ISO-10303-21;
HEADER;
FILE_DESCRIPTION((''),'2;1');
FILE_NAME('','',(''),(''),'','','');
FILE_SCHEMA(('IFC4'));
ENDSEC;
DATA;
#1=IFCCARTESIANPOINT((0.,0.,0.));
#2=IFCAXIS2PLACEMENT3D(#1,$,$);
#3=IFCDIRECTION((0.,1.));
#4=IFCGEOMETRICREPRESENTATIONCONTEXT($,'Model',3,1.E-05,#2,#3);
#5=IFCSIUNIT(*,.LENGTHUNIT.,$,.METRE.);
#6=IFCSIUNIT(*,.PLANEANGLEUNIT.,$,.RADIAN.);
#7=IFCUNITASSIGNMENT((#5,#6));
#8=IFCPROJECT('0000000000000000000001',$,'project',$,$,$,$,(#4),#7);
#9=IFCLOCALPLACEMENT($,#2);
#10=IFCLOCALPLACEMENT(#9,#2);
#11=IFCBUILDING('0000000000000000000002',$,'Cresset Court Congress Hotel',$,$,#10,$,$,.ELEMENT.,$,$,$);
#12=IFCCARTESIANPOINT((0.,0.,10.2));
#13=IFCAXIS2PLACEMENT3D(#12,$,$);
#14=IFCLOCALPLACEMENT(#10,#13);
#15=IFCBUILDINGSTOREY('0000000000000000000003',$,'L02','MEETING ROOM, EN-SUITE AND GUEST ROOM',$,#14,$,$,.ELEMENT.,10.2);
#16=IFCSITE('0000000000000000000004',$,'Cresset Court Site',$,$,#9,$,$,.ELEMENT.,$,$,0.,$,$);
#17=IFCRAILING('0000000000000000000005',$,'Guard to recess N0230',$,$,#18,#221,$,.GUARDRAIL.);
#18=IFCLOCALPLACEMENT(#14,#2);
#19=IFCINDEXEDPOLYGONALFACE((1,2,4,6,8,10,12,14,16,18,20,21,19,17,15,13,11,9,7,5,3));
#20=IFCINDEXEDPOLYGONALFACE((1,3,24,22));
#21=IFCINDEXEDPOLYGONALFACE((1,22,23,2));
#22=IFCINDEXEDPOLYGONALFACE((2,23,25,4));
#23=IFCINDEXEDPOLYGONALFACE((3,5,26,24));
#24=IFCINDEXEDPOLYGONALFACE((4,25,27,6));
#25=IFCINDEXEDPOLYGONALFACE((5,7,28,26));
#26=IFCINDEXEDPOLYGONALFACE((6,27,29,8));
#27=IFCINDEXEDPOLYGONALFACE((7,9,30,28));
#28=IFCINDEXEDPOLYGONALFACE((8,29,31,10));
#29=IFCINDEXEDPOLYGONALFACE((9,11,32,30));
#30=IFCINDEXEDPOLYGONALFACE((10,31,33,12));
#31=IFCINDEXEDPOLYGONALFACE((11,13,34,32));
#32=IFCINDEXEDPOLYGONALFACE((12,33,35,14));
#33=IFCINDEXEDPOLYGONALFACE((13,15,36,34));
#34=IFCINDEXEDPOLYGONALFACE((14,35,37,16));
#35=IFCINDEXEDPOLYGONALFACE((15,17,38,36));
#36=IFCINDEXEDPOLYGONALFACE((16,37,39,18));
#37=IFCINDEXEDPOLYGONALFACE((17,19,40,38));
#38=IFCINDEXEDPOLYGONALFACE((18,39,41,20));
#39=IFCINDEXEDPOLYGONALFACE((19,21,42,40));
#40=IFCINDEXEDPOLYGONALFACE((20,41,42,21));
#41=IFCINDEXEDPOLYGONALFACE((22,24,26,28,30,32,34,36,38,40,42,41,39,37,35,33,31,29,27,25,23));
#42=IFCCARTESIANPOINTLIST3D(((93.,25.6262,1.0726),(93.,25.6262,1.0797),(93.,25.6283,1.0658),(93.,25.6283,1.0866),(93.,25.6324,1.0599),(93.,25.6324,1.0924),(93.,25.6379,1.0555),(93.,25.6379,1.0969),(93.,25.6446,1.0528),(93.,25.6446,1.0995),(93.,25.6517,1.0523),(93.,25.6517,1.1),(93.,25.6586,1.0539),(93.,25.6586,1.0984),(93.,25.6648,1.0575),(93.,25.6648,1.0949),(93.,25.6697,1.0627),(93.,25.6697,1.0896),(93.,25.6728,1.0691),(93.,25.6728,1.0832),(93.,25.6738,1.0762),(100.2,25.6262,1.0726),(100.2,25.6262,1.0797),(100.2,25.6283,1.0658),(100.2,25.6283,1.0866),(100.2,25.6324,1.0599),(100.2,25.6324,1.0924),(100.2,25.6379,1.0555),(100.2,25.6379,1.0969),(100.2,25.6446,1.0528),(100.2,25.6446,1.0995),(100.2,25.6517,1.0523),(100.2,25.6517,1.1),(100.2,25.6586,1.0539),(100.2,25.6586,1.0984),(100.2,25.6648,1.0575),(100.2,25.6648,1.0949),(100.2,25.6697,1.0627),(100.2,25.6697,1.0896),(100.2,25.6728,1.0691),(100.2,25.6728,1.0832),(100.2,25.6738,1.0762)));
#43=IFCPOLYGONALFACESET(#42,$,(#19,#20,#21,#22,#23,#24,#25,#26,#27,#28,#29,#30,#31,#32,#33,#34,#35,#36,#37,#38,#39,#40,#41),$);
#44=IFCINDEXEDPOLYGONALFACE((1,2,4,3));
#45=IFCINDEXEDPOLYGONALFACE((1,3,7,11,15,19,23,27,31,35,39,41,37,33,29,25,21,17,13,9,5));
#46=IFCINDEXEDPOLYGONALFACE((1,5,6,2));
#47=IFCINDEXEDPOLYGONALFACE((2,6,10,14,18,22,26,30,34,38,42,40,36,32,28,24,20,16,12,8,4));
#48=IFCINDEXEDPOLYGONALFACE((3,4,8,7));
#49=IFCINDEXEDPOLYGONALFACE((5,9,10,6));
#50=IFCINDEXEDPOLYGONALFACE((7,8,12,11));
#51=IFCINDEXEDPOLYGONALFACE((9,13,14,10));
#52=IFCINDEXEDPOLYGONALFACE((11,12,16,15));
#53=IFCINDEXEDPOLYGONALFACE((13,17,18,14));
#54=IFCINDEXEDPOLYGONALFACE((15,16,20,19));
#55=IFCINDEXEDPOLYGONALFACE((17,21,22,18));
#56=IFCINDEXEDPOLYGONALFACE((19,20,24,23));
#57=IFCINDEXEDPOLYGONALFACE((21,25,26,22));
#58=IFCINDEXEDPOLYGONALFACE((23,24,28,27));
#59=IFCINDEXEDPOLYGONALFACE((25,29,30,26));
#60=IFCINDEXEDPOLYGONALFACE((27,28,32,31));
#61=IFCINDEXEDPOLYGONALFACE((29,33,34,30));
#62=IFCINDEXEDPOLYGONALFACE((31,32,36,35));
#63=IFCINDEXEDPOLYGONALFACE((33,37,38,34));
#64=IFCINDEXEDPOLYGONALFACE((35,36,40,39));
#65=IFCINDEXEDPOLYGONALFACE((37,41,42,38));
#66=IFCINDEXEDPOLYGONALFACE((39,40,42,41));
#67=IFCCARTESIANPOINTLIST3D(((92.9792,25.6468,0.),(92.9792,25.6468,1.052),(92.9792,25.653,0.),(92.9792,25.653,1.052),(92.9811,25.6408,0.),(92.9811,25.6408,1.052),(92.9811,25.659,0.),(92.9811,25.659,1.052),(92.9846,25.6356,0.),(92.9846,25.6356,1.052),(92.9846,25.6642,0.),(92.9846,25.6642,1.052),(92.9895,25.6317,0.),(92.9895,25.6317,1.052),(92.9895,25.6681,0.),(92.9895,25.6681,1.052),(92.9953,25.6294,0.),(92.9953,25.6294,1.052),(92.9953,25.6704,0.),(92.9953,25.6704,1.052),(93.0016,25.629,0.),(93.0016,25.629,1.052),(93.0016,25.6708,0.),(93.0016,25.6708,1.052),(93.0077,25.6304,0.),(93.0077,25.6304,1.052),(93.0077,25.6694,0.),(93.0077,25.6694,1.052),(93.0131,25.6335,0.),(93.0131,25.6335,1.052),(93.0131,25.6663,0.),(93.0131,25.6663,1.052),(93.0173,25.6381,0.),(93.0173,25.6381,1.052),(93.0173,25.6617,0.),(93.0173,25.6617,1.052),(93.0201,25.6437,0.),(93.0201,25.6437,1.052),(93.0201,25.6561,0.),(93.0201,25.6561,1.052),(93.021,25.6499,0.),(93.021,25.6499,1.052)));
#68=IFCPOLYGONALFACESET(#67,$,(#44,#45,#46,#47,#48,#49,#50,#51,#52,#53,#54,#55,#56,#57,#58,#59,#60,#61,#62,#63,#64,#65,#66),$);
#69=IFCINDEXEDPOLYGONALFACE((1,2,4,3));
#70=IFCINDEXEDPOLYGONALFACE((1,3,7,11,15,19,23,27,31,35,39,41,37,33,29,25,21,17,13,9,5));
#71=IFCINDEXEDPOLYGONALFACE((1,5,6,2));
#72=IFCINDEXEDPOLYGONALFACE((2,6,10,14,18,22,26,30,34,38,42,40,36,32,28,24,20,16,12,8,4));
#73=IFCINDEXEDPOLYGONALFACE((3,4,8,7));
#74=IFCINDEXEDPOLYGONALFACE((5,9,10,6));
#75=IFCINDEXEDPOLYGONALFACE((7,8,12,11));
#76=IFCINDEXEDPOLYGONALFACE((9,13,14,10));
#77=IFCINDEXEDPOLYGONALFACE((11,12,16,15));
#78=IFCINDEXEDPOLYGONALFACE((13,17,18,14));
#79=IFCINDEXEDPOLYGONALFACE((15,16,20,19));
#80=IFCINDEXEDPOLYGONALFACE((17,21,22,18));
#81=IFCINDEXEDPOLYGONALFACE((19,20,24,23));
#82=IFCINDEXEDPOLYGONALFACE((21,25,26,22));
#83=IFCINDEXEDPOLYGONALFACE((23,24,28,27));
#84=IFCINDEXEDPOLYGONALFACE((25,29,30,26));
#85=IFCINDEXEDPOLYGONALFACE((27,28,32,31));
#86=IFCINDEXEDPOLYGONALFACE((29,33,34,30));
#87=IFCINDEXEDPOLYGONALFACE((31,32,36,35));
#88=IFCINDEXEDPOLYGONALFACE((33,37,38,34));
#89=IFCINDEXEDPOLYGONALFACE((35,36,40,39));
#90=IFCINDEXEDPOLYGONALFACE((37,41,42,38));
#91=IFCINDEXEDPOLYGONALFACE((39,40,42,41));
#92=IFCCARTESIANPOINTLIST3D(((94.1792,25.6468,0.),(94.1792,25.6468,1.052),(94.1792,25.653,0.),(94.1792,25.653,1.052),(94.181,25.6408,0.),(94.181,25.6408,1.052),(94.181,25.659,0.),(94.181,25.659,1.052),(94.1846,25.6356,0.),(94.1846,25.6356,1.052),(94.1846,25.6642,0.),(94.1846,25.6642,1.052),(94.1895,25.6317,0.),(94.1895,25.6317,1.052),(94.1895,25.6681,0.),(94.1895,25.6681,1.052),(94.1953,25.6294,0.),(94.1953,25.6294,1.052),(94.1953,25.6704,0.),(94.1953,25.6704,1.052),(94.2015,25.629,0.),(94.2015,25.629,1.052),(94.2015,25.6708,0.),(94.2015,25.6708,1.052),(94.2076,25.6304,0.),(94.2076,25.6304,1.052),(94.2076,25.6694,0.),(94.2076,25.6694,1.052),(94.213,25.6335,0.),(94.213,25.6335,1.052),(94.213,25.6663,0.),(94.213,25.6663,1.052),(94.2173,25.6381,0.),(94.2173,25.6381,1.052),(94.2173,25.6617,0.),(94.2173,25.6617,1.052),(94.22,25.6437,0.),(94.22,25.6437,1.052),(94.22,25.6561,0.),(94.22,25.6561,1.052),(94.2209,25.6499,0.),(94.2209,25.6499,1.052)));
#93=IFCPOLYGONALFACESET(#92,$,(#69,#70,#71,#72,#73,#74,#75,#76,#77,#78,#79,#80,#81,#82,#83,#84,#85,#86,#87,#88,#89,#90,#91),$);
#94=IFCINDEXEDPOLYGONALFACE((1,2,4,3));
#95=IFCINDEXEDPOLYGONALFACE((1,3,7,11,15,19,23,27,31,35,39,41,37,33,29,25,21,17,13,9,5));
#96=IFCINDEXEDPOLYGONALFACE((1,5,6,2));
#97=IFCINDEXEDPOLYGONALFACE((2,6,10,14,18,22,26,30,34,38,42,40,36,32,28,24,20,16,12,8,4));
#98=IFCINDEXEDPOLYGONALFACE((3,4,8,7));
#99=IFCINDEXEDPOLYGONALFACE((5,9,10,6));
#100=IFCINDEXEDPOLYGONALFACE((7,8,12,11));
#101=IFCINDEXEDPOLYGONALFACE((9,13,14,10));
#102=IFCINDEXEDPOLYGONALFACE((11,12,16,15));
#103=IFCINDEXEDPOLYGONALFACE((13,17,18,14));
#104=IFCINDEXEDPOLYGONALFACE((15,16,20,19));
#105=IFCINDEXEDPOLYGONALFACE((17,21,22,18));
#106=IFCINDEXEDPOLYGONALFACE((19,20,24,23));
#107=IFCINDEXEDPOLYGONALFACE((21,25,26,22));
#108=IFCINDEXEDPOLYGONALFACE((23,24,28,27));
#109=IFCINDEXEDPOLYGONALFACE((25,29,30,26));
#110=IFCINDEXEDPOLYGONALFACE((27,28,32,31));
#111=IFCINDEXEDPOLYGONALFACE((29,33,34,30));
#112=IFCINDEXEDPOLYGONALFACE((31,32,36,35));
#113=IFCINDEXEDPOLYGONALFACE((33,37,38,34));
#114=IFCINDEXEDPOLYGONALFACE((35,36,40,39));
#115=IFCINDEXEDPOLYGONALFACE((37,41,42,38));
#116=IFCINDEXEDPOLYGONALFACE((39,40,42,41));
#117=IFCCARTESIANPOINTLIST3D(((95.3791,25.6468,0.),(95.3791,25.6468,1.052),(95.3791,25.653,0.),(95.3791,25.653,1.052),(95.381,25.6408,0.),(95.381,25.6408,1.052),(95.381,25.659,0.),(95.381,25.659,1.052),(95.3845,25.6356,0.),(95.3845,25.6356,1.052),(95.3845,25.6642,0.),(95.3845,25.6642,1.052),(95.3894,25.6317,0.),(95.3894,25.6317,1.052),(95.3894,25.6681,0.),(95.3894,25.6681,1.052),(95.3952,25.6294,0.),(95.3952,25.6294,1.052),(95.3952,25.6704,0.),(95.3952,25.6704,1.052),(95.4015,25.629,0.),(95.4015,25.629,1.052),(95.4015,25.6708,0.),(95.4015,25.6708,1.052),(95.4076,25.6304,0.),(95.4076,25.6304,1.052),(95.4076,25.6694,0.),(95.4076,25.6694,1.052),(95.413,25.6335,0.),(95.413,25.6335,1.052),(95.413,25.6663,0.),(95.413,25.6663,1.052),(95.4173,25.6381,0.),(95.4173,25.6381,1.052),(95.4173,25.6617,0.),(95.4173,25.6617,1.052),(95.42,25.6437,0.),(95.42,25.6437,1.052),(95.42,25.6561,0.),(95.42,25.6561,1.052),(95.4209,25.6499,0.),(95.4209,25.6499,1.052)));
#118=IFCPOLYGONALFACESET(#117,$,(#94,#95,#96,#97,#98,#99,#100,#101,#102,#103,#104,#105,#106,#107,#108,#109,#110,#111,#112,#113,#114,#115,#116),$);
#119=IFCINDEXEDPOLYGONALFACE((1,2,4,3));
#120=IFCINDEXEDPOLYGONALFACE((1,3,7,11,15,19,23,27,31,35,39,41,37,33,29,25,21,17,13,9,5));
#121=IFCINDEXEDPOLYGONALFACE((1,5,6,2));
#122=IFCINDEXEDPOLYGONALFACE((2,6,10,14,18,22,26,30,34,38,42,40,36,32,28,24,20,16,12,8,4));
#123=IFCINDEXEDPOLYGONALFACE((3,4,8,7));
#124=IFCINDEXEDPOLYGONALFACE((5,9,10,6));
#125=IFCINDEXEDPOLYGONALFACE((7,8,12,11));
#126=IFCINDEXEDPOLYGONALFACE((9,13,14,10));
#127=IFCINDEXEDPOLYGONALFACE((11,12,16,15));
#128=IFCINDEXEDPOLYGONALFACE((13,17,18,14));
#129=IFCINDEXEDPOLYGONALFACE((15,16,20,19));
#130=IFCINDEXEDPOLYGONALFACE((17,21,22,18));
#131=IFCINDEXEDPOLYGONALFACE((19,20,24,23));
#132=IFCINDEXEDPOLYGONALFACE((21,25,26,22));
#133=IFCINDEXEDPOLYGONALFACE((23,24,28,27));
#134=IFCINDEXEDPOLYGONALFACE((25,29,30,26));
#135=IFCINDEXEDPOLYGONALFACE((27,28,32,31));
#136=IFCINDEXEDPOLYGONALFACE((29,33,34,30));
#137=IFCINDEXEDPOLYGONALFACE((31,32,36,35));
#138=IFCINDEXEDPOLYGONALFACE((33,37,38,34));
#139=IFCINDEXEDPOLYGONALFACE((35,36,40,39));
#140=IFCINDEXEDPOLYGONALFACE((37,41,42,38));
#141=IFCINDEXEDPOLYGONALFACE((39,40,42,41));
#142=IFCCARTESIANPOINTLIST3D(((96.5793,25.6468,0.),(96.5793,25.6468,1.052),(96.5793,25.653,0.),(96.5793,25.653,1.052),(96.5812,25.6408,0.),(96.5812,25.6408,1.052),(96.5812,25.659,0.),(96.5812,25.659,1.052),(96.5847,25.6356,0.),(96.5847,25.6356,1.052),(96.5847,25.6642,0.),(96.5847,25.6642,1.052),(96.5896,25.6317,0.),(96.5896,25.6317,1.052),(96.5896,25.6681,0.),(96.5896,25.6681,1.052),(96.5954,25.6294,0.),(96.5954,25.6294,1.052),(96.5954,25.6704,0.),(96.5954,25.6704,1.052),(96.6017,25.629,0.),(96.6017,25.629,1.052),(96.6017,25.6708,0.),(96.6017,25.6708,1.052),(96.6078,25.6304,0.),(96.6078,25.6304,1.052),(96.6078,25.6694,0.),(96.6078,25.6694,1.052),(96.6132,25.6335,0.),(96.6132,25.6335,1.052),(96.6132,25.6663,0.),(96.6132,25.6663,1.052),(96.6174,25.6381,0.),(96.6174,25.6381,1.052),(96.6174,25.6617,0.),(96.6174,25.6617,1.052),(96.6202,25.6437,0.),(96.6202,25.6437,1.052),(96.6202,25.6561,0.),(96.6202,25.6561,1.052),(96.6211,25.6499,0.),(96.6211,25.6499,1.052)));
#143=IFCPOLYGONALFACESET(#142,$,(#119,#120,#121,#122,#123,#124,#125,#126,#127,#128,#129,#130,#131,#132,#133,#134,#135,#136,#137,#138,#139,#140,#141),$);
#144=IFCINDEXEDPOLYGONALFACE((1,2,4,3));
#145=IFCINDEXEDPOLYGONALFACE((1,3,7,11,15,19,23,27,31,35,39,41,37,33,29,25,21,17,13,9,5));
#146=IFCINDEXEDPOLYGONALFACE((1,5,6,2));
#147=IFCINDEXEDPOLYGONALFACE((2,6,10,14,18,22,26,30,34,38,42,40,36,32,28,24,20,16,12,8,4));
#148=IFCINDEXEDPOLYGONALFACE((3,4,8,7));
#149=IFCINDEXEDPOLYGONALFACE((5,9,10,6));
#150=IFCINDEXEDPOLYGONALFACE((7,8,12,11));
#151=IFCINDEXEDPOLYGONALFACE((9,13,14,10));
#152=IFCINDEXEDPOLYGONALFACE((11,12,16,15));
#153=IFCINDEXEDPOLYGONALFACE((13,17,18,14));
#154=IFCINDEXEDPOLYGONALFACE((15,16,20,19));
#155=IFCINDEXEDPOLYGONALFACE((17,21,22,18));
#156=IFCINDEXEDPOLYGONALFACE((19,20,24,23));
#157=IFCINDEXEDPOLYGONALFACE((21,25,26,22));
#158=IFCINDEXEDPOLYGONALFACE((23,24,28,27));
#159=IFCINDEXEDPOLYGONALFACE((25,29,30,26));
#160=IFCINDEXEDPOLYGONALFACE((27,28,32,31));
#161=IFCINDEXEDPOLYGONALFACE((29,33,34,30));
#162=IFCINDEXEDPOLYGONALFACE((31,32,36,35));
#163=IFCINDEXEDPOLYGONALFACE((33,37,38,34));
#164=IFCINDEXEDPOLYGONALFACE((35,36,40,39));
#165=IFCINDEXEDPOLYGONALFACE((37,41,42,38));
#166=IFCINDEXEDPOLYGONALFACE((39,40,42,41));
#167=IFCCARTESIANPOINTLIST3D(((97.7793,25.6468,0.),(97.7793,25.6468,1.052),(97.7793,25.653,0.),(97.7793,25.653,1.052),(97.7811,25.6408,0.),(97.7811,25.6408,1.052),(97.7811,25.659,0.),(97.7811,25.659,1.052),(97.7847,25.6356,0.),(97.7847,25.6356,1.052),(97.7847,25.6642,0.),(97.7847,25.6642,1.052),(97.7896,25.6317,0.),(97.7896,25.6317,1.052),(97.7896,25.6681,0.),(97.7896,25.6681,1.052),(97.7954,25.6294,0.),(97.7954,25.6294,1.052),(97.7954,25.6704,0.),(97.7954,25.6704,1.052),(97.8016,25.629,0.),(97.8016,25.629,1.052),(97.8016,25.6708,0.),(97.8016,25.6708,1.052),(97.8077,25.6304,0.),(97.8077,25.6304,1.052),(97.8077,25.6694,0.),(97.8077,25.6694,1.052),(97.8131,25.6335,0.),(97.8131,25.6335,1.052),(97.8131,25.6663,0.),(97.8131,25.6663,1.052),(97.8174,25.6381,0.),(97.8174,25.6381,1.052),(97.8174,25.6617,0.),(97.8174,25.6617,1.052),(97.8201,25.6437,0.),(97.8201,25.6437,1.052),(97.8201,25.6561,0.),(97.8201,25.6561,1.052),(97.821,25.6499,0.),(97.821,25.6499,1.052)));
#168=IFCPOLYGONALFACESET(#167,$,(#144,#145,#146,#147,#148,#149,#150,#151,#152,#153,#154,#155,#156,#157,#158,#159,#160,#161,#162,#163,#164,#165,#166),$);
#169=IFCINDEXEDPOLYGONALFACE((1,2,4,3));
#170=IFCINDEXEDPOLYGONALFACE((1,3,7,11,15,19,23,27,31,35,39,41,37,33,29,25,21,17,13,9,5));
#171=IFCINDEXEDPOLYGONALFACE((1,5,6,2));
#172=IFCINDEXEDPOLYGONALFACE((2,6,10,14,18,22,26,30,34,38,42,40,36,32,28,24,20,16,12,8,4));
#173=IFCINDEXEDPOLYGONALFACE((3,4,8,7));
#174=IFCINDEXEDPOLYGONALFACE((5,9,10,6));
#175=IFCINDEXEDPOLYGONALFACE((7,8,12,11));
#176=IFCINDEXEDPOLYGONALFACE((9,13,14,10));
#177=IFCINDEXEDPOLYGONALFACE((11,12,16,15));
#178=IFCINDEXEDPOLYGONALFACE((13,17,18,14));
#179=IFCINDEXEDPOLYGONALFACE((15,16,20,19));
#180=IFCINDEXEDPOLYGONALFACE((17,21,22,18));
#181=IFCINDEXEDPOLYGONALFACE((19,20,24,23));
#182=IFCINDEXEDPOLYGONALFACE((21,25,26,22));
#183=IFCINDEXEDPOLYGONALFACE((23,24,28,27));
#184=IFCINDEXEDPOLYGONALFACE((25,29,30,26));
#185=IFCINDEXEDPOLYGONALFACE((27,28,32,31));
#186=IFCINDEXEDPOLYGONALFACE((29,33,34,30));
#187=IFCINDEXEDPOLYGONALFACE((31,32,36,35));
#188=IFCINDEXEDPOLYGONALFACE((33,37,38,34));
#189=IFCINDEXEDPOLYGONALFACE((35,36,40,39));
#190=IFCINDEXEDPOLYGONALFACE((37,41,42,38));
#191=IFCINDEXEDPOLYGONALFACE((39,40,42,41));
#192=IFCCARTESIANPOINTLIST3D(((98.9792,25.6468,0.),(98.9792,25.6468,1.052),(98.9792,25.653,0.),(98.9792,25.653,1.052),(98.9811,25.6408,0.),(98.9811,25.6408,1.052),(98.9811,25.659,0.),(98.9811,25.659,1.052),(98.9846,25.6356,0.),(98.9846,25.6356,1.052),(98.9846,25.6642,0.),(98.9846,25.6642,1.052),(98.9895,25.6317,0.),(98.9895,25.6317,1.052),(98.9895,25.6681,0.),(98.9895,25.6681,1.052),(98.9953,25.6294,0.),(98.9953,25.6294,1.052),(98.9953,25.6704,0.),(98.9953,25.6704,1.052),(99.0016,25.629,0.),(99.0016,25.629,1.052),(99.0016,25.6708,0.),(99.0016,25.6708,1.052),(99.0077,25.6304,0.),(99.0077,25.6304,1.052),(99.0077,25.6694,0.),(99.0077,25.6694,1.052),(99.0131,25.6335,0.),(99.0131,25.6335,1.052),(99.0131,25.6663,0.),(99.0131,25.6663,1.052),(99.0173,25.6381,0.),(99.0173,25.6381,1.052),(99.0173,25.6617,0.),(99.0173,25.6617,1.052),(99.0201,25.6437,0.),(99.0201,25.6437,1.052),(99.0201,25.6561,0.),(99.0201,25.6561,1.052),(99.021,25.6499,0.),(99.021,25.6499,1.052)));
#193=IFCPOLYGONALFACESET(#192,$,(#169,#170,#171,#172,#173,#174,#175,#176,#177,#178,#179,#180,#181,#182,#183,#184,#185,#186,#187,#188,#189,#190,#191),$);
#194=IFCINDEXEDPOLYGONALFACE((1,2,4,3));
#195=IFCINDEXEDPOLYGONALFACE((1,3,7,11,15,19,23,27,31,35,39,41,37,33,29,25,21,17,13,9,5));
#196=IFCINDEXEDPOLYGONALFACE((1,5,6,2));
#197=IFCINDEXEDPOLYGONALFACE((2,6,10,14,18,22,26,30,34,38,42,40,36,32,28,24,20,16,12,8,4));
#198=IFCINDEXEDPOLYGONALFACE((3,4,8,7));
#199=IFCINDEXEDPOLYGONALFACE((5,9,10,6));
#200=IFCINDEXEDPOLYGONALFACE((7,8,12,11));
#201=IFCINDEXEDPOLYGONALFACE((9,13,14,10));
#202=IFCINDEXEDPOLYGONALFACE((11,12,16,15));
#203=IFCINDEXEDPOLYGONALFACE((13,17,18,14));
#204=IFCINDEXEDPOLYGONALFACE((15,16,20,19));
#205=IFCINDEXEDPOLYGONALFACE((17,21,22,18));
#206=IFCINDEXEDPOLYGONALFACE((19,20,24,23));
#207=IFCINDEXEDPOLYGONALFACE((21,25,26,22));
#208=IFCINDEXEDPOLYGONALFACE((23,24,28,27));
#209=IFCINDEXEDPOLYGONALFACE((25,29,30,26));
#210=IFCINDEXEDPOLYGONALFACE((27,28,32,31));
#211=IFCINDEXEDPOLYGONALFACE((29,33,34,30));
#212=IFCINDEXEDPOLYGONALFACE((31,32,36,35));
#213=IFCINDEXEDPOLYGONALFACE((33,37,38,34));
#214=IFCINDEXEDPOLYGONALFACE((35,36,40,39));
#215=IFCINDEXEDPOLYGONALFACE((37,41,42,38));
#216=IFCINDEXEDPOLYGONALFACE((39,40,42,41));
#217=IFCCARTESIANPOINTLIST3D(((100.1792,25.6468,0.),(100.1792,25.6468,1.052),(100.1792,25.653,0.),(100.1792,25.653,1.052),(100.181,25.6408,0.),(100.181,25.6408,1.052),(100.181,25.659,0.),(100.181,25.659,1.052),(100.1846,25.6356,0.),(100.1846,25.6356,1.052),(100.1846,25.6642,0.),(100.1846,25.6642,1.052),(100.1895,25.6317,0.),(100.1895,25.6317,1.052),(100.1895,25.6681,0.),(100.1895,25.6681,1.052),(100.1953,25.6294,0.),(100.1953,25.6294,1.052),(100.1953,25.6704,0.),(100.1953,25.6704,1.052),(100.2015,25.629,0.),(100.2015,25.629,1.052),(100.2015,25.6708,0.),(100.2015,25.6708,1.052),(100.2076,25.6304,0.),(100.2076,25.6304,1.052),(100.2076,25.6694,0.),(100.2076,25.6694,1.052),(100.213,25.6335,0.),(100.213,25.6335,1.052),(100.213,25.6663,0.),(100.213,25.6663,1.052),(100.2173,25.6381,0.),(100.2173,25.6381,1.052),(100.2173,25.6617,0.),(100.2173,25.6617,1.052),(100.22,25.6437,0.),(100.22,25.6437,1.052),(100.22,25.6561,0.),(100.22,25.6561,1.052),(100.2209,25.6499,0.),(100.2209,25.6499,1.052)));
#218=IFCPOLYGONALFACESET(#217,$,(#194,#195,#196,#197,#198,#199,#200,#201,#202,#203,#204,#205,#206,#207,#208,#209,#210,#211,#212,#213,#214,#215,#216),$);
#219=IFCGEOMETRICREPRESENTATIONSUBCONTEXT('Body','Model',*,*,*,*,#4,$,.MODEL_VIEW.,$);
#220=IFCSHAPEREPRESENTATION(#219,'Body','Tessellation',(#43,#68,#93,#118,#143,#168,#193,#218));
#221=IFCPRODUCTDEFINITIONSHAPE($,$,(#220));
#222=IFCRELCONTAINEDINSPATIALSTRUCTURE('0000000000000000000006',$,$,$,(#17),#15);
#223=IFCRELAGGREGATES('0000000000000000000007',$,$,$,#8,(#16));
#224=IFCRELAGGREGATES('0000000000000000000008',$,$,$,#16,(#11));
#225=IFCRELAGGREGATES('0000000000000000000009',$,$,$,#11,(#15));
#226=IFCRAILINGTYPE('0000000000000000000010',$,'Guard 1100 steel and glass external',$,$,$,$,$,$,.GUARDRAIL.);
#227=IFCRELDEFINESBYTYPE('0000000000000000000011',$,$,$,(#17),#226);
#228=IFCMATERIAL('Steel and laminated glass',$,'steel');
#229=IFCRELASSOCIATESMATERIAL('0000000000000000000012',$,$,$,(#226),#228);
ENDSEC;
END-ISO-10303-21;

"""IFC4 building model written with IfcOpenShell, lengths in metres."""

from ifc_helpers import new_model, si_unit, direction, frame, origin, origin_2d, place, context, subcontext, project, spatial, circle, extrude, material, type_object, element, save


model = new_model("IFC4")

# Units and contexts
model_context = context("Model", 3, precision=1e-05, world=origin(), true_north=direction((0.0, 1.0)))
body_context = subcontext(model_context, "Body", "Model", "MODEL_VIEW")
ifc_project = project(units=[si_unit("LENGTHUNIT", "METRE"), si_unit("PLANEANGLEUNIT", "RADIAN")], contexts=[model_context])

# Site, building, storey
site_placement = place(None, origin())
site = spatial("IfcSite", under=ifc_project, at=site_placement, Name="Cresset Court Site", CompositionType="ELEMENT", RefElevation=0.0)
building_placement = place(site_placement, origin())
building = spatial("IfcBuilding", under=site, at=building_placement, Name="Cresset Court Congress Hotel", CompositionType="ELEMENT")
storey_placement = place(building_placement, frame((0.0, 0.0, 10.2)))
storey = spatial("IfcBuildingStorey", under=building, at=storey_placement, Name="L02", Description="MEETING ROOM, EN-SUITE AND GUEST ROOM", CompositionType="ELEMENT", Elevation=10.2)

# Railing
ifc_material_1 = material(Name="Steel and laminated glass", Category="steel")
railing_type = type_object("IfcRailingType", Name="Guard 1100 steel and glass external", PredefinedType="GUARDRAIL", material=ifc_material_1)
railing_placement = place(storey_placement, frame((93.0, 25.6499, 0.0)))
element("IfcRailing", 1, at=railing_placement, inside=storey, type_object=railing_type, Name="Guard to recess N0230", PredefinedType="GUARDRAIL", context=body_context, shape_type="SweptSolid", body=[
    extrude(circle(Radius=0.0239, at=origin_2d()), frame((0.0, 0.0, 1.0762), z_axis=(1.0, 0.0, 0.0), x_axis=(0.0, 1.0, 0.0)), (0.0, 0.0, 1.0), 7.2),
    extrude(circle(Radius=0.021, at=origin_2d()), origin(), (0.0, 0.0, 1.0), 1.052),
    extrude(circle(Radius=0.021, at=origin_2d()), frame((1.2, 0.0, 0.0)), (0.0, 0.0, 1.0), 1.052),
    extrude(circle(Radius=0.021, at=origin_2d()), frame((2.3999, 0.0, 0.0)), (0.0, 0.0, 1.0), 1.052),
    extrude(circle(Radius=0.021, at=origin_2d()), frame((3.6001, 0.0, 0.0)), (0.0, 0.0, 1.0), 1.052),
    extrude(circle(Radius=0.021, at=origin_2d()), frame((4.8, 0.0, 0.0)), (0.0, 0.0, 1.0), 1.052),
    extrude(circle(Radius=0.021, at=origin_2d()), frame((6.0, 0.0, 0.0)), (0.0, 0.0, 1.0), 1.052),
    extrude(circle(Radius=0.021, at=origin_2d()), frame((7.2, 0.0, 0.0)), (0.0, 0.0, 1.0), 1.052),
])

save(model, "model.ifc")
